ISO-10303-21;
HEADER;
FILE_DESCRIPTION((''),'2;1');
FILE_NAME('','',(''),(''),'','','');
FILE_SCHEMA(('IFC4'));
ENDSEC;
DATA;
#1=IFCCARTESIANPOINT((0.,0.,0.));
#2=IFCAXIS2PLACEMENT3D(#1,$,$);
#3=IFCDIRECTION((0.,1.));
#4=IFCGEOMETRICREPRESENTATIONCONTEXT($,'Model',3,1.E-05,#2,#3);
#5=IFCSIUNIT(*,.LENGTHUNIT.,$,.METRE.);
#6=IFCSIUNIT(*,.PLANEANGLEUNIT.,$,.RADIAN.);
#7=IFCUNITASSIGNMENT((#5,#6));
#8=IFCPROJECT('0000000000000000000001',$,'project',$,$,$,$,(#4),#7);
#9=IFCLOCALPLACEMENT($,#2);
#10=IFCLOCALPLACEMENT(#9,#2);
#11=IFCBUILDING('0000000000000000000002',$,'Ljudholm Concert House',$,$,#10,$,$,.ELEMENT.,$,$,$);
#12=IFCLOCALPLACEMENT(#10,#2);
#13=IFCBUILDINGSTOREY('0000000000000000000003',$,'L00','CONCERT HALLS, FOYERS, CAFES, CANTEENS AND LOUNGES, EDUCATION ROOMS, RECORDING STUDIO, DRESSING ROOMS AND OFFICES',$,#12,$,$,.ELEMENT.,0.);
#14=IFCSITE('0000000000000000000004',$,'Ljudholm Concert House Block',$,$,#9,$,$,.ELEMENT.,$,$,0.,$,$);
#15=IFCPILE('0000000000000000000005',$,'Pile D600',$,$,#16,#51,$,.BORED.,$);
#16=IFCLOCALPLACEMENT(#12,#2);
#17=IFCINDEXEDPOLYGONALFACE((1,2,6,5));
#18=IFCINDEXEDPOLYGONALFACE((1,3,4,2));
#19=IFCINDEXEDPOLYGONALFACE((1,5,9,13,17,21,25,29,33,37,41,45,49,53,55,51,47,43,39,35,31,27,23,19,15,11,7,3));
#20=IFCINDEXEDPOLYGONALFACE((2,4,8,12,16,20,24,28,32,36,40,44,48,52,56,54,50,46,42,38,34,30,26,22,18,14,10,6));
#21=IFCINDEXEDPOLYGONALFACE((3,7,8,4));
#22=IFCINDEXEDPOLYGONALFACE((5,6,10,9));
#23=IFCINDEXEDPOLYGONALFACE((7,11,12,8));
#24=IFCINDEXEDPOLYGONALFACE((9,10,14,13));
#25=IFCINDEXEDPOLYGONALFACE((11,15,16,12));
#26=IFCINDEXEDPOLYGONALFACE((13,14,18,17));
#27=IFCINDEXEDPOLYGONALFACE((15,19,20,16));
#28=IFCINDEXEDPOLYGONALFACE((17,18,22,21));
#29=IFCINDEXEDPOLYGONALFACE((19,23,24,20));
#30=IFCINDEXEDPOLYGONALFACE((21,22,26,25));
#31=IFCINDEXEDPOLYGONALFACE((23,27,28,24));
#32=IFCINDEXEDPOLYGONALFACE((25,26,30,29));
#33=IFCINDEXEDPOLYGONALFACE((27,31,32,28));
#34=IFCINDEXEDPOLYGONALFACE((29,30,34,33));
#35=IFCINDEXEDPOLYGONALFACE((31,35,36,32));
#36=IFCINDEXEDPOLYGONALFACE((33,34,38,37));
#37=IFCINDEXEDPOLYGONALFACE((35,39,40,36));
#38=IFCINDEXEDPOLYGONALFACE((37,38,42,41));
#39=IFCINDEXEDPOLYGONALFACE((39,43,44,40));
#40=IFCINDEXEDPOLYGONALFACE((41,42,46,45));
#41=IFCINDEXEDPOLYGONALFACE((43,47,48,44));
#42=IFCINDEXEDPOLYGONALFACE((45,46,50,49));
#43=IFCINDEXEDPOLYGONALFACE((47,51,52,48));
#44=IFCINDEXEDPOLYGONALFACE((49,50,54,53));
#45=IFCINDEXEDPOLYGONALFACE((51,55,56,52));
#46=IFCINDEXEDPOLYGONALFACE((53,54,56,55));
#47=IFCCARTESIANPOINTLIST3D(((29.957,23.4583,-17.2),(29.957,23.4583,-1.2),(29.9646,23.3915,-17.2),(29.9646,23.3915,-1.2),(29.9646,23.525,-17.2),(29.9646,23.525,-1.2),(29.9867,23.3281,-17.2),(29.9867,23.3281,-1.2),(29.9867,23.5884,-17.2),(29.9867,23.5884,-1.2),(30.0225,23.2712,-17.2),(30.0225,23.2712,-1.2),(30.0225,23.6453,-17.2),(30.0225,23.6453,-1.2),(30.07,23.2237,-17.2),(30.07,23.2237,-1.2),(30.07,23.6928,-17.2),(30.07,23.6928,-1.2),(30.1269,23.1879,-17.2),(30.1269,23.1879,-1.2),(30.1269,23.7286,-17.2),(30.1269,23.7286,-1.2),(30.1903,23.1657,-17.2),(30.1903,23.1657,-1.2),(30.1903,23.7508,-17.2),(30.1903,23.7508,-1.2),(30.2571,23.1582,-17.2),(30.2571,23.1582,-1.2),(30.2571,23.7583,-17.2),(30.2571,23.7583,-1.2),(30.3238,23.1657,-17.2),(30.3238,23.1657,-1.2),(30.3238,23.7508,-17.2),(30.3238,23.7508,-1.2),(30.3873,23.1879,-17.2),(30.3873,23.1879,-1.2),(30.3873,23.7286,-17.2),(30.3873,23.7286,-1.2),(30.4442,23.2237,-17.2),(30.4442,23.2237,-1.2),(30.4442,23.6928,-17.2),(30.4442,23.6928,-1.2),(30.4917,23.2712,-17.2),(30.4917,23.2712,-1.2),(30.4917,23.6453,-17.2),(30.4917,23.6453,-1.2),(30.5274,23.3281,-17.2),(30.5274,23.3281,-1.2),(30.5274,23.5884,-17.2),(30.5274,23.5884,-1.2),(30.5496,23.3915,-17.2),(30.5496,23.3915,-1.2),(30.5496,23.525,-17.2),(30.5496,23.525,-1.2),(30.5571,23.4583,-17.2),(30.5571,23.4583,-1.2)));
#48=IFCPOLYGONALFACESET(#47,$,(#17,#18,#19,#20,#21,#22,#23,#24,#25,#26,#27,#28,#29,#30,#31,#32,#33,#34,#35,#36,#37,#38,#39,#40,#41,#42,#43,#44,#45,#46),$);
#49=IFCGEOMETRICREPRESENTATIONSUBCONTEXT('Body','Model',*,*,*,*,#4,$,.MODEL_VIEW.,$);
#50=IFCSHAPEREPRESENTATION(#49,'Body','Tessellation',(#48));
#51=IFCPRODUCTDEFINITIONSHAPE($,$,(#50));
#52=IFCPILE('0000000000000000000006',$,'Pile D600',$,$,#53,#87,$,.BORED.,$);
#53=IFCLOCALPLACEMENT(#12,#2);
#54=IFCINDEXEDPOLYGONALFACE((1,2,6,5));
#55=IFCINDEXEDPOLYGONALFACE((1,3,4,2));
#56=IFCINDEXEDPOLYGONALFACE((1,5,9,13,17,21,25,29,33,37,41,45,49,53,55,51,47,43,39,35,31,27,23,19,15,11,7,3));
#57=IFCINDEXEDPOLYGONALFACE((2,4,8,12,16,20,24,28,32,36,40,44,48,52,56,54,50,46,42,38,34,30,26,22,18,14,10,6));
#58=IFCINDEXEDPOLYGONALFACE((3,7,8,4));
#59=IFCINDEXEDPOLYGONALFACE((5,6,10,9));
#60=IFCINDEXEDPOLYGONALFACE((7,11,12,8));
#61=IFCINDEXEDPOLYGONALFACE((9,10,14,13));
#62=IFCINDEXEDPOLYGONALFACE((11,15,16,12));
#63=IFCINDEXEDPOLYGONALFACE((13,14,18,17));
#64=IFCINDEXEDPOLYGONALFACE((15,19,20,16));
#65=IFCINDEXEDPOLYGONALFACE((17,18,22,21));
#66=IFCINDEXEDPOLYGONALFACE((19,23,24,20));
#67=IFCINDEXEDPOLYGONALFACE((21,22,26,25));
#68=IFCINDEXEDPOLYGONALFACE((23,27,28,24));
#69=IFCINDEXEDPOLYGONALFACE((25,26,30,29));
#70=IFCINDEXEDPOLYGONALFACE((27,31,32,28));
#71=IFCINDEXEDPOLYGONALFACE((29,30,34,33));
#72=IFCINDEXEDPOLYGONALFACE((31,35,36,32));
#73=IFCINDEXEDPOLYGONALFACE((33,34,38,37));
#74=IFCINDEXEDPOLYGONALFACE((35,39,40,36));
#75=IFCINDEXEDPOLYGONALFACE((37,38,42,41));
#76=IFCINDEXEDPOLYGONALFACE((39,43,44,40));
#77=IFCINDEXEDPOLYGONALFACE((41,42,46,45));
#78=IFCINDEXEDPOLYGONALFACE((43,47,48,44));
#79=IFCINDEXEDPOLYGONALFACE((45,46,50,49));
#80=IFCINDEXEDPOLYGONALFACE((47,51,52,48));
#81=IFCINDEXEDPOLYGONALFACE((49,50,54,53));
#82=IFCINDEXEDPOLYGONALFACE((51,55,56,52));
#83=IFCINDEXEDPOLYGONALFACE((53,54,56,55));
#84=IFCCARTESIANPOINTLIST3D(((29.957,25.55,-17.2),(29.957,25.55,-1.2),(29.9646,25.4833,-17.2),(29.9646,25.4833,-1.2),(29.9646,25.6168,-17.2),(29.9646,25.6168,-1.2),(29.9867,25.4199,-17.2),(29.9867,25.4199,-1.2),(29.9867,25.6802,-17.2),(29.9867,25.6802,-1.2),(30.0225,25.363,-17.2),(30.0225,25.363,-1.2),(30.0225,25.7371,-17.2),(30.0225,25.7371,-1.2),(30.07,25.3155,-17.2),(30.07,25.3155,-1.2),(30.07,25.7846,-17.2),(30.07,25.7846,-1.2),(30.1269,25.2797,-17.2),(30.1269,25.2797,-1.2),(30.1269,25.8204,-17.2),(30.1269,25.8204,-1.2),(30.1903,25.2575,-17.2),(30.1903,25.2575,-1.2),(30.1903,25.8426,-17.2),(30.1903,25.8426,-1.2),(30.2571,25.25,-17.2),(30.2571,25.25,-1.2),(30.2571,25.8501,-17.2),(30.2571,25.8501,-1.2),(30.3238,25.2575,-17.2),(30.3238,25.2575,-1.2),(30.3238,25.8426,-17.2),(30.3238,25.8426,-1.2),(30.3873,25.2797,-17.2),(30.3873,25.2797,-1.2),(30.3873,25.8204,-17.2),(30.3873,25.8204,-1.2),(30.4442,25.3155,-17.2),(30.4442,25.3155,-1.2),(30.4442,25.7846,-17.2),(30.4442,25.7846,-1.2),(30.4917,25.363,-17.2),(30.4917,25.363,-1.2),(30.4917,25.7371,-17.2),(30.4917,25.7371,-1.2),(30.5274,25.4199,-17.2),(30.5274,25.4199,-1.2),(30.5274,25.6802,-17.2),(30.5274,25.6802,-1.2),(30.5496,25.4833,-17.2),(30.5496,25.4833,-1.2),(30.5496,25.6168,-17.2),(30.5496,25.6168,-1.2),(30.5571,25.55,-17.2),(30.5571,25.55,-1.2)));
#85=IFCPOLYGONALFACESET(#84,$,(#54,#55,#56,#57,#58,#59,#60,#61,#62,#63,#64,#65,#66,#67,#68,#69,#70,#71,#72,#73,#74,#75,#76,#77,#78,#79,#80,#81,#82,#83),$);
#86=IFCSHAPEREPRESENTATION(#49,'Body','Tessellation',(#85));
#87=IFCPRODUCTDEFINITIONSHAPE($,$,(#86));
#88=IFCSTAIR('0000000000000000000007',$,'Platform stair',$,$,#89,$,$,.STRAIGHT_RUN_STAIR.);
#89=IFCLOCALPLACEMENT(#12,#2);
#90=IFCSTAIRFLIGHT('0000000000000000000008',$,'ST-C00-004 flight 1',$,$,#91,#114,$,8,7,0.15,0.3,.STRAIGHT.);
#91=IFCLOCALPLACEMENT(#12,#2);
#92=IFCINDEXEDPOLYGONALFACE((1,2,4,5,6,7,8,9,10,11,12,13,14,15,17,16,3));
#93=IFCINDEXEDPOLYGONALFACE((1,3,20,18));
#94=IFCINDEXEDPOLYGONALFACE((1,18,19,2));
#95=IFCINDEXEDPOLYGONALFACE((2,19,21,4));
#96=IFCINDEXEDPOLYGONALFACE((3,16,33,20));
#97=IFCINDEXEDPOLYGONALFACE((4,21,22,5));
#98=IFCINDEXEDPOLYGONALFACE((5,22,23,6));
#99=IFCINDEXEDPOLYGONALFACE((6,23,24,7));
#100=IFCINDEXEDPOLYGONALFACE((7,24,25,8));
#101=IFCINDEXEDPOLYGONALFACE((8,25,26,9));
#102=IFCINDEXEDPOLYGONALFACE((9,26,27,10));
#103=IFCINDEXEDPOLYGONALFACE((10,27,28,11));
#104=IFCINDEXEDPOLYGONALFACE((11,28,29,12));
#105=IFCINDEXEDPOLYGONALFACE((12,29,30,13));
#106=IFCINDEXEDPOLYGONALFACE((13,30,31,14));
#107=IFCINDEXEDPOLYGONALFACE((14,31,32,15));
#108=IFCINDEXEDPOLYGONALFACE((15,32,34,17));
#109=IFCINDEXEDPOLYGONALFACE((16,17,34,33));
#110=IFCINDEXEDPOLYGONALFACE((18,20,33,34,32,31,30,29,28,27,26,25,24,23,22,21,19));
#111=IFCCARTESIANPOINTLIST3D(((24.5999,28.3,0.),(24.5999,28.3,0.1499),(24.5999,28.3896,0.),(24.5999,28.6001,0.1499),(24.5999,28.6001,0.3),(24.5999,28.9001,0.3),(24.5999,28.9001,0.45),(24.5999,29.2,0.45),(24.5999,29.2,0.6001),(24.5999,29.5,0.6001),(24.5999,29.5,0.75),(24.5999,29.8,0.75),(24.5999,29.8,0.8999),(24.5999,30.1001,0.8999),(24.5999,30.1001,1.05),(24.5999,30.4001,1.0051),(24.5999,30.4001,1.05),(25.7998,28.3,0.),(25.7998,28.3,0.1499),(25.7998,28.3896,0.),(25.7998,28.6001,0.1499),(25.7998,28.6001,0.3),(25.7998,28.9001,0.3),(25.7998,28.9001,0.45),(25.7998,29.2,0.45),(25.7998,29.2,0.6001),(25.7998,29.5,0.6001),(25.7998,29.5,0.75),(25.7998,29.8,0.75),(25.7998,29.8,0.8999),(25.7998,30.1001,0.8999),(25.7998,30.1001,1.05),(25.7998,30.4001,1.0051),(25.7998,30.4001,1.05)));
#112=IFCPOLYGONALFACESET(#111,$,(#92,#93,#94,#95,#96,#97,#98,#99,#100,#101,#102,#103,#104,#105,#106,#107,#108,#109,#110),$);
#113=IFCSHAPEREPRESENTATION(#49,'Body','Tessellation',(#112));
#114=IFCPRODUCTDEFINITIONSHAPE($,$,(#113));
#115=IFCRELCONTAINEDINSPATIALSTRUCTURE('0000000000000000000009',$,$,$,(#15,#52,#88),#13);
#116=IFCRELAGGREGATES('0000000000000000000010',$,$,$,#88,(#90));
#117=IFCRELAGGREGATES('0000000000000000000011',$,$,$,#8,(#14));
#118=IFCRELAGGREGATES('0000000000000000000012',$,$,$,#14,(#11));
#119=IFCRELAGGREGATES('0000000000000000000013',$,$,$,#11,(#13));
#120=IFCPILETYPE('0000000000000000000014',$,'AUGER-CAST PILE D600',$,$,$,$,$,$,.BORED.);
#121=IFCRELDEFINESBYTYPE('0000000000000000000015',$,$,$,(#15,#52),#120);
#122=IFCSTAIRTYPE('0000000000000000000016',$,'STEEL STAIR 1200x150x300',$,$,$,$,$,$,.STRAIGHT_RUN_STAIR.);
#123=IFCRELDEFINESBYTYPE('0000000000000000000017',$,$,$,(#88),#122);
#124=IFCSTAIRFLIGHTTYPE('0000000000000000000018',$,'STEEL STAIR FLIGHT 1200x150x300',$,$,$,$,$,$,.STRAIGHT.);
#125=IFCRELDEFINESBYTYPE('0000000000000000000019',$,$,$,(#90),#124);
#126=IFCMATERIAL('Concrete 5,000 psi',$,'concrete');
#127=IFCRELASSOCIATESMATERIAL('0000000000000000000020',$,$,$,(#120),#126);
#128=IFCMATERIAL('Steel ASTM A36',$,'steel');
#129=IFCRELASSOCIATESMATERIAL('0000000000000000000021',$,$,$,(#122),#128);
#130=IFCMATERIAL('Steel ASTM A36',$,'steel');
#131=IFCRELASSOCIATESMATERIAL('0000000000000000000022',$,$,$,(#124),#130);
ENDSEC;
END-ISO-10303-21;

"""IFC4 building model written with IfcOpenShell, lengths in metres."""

from ifc_helpers import new_model, si_unit, direction, frame, origin, origin_2d, place, context, subcontext, project, spatial, polyline, circle, outline, extrude, material, material_profile, profile_set, type_object, element, aggregate, save


model = new_model("IFC4")

# Units and contexts
model_context = context("Model", 3, precision=1e-05, world=origin(), true_north=direction((0.0, 1.0)))
body_context = subcontext(model_context, "Body", "Model", "MODEL_VIEW")
ifc_project = project(units=[si_unit("LENGTHUNIT", "METRE"), si_unit("PLANEANGLEUNIT", "RADIAN")], contexts=[model_context])

# Site, building, storey
site_placement = place(None, origin())
site = spatial("IfcSite", under=ifc_project, at=site_placement, Name="Ljudholm Concert House Block", CompositionType="ELEMENT", RefElevation=0.0)
building_placement = place(site_placement, origin())
building = spatial("IfcBuilding", under=site, at=building_placement, Name="Ljudholm Concert House", CompositionType="ELEMENT")
storey_placement = place(building_placement, origin())
storey = spatial("IfcBuildingStorey", under=building, at=storey_placement, Name="L00", Description="CONCERT HALLS, FOYERS, CAFES, CANTEENS AND LOUNGES, EDUCATION ROOMS, RECORDING STUDIO, DRESSING ROOMS AND OFFICES", CompositionType="ELEMENT", Elevation=0.0)

# Piles
ifc_material_1 = material(Name="Concrete 5,000 psi", Category="concrete")
ifc_material_profile = material_profile(ifc_material_1, circle(Radius=0.3, at=origin_2d()), Name="AUGER-CAST PILE D600")
ifc_profile_set = profile_set([ifc_material_profile], Name="Concrete 5,000 psi")
pile_type = type_object("IfcPileType", Name="AUGER-CAST PILE D600", PredefinedType="BORED", material=ifc_profile_set)
for number, where, z_axis, x_axis, name in (
    (1, (30.2571, 23.4583, -1.2), (0.0, 0.0, -1.0), (1.0, 0.0, 0.0), "Pile D600"),
    (2, (30.2571, 25.55, -1.2), (0.0, 0.0, -1.0), (1.0, 0.0, 0.0), "Pile D600"),
):
    element("IfcPile", number, at=place(storey_placement, frame(where, z_axis=z_axis, x_axis=x_axis)), inside=storey, type_object=pile_type, Name=name, PredefinedType="BORED", context=body_context, shape_type="SweptSolid", body=[
        extrude(circle(Radius=0.3, at=origin_2d()), origin(), (0.0, 0.0, 1.0), 16.0),
    ])

# Stair, stair flight
ifc_material_2 = material(Name="Steel ASTM A36", Category="steel")
stair_type = type_object("IfcStairType", Name="STEEL STAIR 1200x150x300", PredefinedType="STRAIGHT_RUN_STAIR", material=ifc_material_2)
stair_placement = place(storey_placement, origin())
stair = element("IfcStair", 3, at=stair_placement, inside=storey, type_object=stair_type, Name="Platform stair", PredefinedType="STRAIGHT_RUN_STAIR")
ifc_material_3 = material(Name="Steel ASTM A36", Category="steel")
stair_flight_type = type_object("IfcStairFlightType", Name="STEEL STAIR FLIGHT 1200x150x300", PredefinedType="STRAIGHT", material=ifc_material_3)
stair_flight_placement = place(storey_placement, frame((25.2, 28.3, 0.0), z_axis=(0.0, 0.0, 1.0), x_axis=(0.0, 1.0, 0.0)))
stair_flight = element("IfcStairFlight", 4, at=stair_flight_placement, type_object=stair_flight_type, Name="ST-C00-004 flight 1", NumberOfRisers=8, NumberOfTreads=7, PredefinedType="STRAIGHT", RiserHeight=0.15, TreadLength=0.3, context=body_context, shape_type="SweptSolid", body=[
    extrude(outline(polyline([(0.0, 0.0), (0.0, 0.1499), (0.3, 0.1499), (0.3, 0.3), (0.6001, 0.3), (0.6001, 0.45), (0.8999, 0.45), (0.8999, 0.6001), (1.2, 0.6001), (1.2, 0.75), (1.5, 0.75), (1.5, 0.8999), (1.8, 0.8999), (1.8, 1.05), (2.1001, 1.05), (2.1001, 1.2), (2.1001, 1.0051), (0.0896, 0.0), (0.0, 0.0)])), frame((0.0, 0.6001, 0.0), z_axis=(0.0, -1.0, 0.0), x_axis=(1.0, 0.0, 0.0)), (0.0, 0.0, 1.0), 1.2),
])
aggregate(stair, [stair_flight])

save(model, "model.ifc")
